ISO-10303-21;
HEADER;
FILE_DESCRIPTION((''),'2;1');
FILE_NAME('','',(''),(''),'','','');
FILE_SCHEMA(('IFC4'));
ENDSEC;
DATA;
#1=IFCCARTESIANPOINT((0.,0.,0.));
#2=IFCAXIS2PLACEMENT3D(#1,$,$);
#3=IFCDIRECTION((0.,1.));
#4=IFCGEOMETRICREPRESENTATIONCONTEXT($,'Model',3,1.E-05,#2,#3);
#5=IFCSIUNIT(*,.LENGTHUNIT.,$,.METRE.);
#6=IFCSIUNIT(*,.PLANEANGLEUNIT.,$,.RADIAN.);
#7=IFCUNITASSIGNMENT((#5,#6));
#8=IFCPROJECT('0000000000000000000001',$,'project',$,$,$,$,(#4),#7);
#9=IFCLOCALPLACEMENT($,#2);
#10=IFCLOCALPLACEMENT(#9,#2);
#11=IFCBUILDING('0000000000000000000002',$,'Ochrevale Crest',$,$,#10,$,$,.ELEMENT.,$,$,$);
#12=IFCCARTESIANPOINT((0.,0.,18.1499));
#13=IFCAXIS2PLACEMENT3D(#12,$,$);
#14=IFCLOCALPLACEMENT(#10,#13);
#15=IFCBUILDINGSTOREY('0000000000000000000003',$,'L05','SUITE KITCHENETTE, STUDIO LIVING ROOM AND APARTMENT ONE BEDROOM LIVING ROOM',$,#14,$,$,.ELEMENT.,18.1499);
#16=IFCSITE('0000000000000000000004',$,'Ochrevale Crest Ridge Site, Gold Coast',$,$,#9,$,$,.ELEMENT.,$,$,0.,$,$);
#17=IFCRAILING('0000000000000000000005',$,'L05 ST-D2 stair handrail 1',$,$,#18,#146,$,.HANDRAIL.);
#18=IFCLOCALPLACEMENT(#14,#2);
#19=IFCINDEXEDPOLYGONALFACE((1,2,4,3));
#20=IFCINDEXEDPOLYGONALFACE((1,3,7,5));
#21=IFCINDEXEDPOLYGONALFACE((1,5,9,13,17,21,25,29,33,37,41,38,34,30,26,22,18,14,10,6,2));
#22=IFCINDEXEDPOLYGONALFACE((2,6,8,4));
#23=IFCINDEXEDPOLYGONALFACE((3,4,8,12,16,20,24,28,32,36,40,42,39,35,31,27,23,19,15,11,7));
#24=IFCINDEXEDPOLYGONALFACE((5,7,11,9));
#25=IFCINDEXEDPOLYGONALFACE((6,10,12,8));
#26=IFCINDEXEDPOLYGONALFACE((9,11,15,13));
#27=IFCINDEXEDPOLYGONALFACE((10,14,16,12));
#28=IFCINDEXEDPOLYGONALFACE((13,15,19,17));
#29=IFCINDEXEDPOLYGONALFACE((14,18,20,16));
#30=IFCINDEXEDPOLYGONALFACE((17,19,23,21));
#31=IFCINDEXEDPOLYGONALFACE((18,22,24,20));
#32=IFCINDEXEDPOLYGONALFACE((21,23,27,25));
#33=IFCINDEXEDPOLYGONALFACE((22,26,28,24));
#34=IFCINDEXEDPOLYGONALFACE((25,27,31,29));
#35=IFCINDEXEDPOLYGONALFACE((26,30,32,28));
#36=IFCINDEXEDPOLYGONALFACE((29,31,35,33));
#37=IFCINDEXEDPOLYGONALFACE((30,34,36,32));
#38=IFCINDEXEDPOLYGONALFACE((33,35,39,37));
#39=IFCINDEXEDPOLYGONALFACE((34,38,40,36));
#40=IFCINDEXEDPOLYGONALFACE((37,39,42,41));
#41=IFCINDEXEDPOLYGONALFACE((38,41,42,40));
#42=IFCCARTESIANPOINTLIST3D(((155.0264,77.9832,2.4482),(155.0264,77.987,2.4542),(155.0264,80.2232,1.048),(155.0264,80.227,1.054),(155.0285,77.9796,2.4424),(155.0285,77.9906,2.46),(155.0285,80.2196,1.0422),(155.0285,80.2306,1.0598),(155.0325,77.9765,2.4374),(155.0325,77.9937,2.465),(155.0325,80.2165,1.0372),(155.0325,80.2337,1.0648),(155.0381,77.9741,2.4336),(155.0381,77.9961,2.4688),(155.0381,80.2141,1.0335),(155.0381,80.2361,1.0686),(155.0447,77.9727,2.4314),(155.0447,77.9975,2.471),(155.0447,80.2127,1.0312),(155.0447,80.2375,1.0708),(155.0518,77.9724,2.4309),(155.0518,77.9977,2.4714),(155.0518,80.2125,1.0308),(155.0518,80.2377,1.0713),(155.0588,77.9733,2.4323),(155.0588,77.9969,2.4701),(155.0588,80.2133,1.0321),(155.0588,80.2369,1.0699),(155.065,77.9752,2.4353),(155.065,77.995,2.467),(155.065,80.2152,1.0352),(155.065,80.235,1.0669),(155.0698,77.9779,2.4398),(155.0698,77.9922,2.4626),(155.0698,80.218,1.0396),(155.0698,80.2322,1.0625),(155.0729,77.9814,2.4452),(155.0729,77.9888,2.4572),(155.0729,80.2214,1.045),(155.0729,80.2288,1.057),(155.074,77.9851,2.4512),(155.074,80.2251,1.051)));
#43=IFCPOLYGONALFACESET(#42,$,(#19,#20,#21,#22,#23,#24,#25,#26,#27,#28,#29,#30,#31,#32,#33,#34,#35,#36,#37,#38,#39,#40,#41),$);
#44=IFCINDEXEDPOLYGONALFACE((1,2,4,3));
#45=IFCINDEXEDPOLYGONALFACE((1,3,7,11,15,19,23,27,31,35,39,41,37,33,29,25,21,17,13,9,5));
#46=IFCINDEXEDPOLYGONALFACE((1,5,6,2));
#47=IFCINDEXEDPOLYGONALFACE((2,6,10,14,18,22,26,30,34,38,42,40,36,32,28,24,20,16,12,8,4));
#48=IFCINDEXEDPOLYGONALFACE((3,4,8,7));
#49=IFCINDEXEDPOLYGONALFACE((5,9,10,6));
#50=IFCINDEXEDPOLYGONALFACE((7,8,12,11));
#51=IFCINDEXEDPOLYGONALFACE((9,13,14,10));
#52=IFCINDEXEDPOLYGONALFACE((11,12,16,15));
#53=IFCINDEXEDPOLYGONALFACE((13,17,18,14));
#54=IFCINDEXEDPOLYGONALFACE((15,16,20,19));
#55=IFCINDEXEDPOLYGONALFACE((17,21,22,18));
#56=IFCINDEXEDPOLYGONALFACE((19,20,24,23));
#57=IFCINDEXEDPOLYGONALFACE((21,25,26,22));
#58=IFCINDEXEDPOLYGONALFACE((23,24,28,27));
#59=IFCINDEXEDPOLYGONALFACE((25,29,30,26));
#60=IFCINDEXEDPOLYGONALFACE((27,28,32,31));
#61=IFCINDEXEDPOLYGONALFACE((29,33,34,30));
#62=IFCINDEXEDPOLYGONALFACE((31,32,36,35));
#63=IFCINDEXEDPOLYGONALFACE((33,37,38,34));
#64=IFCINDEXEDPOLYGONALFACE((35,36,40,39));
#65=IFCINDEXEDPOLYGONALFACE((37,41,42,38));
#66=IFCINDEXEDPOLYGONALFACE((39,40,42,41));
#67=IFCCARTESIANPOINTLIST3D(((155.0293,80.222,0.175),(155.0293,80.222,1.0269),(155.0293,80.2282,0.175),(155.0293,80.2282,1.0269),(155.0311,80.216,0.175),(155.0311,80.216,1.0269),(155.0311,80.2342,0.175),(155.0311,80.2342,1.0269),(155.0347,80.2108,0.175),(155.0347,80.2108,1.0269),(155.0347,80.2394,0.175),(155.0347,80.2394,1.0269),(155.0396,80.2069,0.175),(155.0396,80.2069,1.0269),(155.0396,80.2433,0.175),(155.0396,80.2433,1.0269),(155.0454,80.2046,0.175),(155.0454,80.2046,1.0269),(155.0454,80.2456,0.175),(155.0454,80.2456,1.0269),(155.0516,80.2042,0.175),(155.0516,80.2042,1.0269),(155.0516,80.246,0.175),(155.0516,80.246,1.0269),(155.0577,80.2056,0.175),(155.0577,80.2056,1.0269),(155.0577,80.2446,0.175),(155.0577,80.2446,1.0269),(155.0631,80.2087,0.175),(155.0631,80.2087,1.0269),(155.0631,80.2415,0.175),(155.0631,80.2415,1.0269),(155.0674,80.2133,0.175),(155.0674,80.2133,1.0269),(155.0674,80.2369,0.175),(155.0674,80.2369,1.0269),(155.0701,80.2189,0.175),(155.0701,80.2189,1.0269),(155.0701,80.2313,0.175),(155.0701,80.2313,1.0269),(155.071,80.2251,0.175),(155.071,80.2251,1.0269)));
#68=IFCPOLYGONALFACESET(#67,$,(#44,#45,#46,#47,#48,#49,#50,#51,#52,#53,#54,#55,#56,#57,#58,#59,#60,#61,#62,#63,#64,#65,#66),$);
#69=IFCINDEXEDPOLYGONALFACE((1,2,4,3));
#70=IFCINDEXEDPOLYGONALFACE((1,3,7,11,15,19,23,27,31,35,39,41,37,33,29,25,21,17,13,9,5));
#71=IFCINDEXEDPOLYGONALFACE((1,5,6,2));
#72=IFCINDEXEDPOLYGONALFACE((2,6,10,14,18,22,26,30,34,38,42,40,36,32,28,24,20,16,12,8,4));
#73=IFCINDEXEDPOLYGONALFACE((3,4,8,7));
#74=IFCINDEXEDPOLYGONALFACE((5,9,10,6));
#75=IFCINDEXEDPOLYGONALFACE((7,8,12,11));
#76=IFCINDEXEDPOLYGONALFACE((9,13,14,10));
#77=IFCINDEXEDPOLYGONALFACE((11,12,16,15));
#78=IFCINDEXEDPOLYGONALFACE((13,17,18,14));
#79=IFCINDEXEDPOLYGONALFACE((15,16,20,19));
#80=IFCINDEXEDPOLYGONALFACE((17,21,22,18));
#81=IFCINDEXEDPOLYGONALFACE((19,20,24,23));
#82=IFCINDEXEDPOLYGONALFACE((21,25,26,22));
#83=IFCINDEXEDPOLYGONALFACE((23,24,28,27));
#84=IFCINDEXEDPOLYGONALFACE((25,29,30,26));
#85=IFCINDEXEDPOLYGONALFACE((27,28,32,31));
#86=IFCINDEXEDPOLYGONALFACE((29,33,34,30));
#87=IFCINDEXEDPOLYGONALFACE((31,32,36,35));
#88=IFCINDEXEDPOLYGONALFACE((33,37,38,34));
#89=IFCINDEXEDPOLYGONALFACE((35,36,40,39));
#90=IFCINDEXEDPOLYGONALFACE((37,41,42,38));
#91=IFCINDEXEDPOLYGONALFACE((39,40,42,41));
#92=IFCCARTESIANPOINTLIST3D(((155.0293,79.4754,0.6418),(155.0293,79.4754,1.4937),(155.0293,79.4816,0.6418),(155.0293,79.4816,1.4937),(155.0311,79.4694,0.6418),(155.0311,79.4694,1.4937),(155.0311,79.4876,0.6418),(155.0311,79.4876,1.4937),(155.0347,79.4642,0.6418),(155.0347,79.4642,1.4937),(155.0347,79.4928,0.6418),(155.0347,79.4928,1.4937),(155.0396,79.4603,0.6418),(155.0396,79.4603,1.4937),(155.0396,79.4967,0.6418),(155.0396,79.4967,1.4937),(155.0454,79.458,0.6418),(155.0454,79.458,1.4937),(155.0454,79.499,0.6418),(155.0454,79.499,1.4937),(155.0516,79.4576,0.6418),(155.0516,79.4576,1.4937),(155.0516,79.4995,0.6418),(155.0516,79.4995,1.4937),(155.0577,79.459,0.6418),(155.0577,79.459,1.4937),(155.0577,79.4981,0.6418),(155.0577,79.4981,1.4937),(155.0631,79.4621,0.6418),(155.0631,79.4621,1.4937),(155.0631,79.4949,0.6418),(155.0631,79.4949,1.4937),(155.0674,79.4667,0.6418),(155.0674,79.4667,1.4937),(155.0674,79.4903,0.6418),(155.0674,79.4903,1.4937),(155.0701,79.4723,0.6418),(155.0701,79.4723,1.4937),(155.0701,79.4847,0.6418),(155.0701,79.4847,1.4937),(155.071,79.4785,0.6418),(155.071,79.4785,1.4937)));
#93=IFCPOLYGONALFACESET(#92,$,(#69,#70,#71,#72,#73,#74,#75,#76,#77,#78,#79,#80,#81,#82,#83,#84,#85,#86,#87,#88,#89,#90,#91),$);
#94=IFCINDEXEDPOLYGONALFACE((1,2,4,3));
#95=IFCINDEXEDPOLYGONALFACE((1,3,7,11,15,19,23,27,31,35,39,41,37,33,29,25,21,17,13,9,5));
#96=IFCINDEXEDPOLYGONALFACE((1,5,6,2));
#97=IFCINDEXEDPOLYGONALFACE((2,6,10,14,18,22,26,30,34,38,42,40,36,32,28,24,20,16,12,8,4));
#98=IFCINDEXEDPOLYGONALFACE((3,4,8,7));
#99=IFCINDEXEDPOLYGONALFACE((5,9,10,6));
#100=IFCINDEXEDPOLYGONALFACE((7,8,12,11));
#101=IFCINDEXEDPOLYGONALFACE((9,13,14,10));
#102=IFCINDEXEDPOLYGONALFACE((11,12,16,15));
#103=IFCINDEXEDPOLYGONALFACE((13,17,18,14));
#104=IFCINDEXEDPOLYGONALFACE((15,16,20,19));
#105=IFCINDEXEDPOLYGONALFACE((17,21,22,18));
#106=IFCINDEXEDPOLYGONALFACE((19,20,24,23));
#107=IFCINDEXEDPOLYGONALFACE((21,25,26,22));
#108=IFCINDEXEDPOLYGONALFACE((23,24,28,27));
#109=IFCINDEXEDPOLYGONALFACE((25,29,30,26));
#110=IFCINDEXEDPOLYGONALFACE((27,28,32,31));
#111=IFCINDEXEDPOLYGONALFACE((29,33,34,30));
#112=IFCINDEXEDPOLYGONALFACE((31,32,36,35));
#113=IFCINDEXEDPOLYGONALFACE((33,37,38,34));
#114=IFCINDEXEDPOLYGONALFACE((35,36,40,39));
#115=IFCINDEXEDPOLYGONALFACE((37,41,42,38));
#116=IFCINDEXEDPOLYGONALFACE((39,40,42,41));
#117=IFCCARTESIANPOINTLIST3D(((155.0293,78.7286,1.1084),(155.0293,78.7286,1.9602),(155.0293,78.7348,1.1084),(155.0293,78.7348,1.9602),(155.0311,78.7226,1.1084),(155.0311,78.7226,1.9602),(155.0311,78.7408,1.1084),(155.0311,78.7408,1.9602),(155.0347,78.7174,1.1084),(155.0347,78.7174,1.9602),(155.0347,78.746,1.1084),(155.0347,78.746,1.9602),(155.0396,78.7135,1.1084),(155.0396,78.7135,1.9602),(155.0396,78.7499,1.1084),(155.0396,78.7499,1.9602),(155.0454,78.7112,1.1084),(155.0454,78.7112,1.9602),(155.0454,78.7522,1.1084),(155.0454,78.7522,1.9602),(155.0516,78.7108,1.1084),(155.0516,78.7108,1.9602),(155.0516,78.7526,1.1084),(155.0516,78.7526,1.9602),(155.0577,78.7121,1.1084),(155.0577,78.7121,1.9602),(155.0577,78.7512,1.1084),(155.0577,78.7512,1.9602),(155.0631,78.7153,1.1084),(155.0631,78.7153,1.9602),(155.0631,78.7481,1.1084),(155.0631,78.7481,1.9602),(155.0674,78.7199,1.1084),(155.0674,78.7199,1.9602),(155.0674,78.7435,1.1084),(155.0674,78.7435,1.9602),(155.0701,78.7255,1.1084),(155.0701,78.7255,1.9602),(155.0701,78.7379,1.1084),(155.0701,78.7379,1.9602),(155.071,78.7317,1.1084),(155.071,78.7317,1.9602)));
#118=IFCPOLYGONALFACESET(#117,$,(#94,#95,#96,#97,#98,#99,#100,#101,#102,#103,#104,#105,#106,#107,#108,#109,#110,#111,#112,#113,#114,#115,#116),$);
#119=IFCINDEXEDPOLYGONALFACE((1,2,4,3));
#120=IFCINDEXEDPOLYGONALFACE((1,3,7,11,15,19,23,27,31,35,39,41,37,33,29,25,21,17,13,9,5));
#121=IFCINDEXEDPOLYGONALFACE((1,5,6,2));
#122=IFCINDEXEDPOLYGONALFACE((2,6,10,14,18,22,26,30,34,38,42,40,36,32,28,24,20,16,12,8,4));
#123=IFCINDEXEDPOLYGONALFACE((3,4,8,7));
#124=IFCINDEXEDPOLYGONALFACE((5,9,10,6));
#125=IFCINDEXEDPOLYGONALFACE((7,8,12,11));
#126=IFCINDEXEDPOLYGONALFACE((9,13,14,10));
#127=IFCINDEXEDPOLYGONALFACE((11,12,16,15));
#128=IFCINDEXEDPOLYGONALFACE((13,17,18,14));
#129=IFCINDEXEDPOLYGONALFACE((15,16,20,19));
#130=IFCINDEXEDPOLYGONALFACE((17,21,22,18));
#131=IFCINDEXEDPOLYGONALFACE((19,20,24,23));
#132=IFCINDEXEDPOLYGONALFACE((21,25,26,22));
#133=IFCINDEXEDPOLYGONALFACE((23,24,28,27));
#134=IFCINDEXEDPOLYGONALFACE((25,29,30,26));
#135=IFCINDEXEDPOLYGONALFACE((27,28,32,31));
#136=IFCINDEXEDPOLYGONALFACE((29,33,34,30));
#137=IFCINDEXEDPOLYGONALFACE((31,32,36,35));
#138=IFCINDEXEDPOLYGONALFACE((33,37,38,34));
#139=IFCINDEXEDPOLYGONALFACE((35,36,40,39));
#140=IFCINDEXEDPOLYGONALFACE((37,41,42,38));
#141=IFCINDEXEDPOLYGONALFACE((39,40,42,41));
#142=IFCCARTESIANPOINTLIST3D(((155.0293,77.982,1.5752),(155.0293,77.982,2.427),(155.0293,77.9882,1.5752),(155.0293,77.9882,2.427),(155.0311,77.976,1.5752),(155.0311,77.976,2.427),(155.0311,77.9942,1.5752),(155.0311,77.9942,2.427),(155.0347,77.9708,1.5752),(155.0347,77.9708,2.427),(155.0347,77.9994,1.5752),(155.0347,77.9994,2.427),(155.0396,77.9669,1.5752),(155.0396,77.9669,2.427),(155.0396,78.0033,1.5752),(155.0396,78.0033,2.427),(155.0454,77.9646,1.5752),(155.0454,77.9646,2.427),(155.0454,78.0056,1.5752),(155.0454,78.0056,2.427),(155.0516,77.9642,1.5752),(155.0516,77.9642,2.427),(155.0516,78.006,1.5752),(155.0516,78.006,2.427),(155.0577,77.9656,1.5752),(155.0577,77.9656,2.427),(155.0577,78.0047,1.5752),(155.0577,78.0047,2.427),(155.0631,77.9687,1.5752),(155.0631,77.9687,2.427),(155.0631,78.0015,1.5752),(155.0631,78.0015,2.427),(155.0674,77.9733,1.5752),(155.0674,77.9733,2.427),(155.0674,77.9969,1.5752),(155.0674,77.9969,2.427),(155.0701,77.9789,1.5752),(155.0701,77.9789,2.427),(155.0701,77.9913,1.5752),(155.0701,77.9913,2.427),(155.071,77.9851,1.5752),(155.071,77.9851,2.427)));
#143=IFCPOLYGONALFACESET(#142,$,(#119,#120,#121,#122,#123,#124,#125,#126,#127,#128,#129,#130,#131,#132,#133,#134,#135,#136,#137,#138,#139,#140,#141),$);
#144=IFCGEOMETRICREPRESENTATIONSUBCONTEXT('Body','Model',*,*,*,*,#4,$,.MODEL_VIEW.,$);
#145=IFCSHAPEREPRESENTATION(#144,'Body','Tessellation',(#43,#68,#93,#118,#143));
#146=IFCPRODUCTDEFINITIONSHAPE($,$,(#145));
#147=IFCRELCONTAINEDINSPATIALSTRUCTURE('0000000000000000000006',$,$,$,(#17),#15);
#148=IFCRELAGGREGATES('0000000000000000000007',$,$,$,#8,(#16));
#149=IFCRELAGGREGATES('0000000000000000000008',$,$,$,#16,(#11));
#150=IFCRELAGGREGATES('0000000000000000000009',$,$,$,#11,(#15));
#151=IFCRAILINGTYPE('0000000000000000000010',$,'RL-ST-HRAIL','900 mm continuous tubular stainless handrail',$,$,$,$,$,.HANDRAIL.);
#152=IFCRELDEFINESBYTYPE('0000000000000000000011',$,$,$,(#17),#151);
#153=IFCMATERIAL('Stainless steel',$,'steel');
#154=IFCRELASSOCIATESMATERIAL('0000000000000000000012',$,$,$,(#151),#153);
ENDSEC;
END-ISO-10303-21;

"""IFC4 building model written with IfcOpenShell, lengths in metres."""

from ifc_helpers import new_model, si_unit, direction, frame, origin, origin_2d, place, context, subcontext, project, spatial, circle, extrude, material, type_object, element, save


model = new_model("IFC4")

# Units and contexts
model_context = context("Model", 3, precision=1e-05, world=origin(), true_north=direction((0.0, 1.0)))
body_context = subcontext(model_context, "Body", "Model", "MODEL_VIEW")
ifc_project = project(units=[si_unit("LENGTHUNIT", "METRE"), si_unit("PLANEANGLEUNIT", "RADIAN")], contexts=[model_context])

# Site, building, storey
site_placement = place(None, origin())
site = spatial("IfcSite", under=ifc_project, at=site_placement, Name="Ochrevale Crest Ridge Site, Gold Coast", CompositionType="ELEMENT", RefElevation=0.0)
building_placement = place(site_placement, origin())
building = spatial("IfcBuilding", under=site, at=building_placement, Name="Ochrevale Crest", CompositionType="ELEMENT")
storey_placement = place(building_placement, frame((0.0, 0.0, 18.1499)))
storey = spatial("IfcBuildingStorey", under=building, at=storey_placement, Name="L05", Description="SUITE KITCHENETTE, STUDIO LIVING ROOM AND APARTMENT ONE BEDROOM LIVING ROOM", CompositionType="ELEMENT", Elevation=18.1499)

# Railing
ifc_material_1 = material(Name="Stainless steel", Category="steel")
railing_type_1 = type_object("IfcRailingType", Name="RL-ST-HRAIL", Description="900 mm continuous tubular stainless handrail", PredefinedType="HANDRAIL", material=ifc_material_1)
railing_1_placement = place(storey_placement, frame((155.05, 80.2251, 0.175)))
element("IfcRailing", 1, at=railing_1_placement, inside=storey, type_object=railing_type_1, Name="L05 ST-D2 stair handrail 1", PredefinedType="HANDRAIL", context=body_context, shape_type="SweptSolid", body=[
    extrude(circle(Radius=0.0239, at=origin_2d()), frame((0.0, 0.0, 0.876), z_axis=(0.0, -0.847972, 0.53004), x_axis=(1.0, 0.0, 0.0)), (0.0, 0.0, 1.0), 2.6416),
    extrude(circle(Radius=0.021, at=origin_2d()), origin(), (0.0, 0.0, 1.0), 0.8518),
    extrude(circle(Radius=0.021, at=origin_2d()), frame((0.0, -0.7466, 0.4668)), (0.0, 0.0, 1.0), 0.8518),
    extrude(circle(Radius=0.021, at=origin_2d()), frame((0.0, -1.4934, 0.9333)), (0.0, 0.0, 1.0), 0.8518),
    extrude(circle(Radius=0.021, at=origin_2d()), frame((0.0, -2.24, 1.4001)), (0.0, 0.0, 1.0), 0.8518),
])

save(model, "model.ifc")
